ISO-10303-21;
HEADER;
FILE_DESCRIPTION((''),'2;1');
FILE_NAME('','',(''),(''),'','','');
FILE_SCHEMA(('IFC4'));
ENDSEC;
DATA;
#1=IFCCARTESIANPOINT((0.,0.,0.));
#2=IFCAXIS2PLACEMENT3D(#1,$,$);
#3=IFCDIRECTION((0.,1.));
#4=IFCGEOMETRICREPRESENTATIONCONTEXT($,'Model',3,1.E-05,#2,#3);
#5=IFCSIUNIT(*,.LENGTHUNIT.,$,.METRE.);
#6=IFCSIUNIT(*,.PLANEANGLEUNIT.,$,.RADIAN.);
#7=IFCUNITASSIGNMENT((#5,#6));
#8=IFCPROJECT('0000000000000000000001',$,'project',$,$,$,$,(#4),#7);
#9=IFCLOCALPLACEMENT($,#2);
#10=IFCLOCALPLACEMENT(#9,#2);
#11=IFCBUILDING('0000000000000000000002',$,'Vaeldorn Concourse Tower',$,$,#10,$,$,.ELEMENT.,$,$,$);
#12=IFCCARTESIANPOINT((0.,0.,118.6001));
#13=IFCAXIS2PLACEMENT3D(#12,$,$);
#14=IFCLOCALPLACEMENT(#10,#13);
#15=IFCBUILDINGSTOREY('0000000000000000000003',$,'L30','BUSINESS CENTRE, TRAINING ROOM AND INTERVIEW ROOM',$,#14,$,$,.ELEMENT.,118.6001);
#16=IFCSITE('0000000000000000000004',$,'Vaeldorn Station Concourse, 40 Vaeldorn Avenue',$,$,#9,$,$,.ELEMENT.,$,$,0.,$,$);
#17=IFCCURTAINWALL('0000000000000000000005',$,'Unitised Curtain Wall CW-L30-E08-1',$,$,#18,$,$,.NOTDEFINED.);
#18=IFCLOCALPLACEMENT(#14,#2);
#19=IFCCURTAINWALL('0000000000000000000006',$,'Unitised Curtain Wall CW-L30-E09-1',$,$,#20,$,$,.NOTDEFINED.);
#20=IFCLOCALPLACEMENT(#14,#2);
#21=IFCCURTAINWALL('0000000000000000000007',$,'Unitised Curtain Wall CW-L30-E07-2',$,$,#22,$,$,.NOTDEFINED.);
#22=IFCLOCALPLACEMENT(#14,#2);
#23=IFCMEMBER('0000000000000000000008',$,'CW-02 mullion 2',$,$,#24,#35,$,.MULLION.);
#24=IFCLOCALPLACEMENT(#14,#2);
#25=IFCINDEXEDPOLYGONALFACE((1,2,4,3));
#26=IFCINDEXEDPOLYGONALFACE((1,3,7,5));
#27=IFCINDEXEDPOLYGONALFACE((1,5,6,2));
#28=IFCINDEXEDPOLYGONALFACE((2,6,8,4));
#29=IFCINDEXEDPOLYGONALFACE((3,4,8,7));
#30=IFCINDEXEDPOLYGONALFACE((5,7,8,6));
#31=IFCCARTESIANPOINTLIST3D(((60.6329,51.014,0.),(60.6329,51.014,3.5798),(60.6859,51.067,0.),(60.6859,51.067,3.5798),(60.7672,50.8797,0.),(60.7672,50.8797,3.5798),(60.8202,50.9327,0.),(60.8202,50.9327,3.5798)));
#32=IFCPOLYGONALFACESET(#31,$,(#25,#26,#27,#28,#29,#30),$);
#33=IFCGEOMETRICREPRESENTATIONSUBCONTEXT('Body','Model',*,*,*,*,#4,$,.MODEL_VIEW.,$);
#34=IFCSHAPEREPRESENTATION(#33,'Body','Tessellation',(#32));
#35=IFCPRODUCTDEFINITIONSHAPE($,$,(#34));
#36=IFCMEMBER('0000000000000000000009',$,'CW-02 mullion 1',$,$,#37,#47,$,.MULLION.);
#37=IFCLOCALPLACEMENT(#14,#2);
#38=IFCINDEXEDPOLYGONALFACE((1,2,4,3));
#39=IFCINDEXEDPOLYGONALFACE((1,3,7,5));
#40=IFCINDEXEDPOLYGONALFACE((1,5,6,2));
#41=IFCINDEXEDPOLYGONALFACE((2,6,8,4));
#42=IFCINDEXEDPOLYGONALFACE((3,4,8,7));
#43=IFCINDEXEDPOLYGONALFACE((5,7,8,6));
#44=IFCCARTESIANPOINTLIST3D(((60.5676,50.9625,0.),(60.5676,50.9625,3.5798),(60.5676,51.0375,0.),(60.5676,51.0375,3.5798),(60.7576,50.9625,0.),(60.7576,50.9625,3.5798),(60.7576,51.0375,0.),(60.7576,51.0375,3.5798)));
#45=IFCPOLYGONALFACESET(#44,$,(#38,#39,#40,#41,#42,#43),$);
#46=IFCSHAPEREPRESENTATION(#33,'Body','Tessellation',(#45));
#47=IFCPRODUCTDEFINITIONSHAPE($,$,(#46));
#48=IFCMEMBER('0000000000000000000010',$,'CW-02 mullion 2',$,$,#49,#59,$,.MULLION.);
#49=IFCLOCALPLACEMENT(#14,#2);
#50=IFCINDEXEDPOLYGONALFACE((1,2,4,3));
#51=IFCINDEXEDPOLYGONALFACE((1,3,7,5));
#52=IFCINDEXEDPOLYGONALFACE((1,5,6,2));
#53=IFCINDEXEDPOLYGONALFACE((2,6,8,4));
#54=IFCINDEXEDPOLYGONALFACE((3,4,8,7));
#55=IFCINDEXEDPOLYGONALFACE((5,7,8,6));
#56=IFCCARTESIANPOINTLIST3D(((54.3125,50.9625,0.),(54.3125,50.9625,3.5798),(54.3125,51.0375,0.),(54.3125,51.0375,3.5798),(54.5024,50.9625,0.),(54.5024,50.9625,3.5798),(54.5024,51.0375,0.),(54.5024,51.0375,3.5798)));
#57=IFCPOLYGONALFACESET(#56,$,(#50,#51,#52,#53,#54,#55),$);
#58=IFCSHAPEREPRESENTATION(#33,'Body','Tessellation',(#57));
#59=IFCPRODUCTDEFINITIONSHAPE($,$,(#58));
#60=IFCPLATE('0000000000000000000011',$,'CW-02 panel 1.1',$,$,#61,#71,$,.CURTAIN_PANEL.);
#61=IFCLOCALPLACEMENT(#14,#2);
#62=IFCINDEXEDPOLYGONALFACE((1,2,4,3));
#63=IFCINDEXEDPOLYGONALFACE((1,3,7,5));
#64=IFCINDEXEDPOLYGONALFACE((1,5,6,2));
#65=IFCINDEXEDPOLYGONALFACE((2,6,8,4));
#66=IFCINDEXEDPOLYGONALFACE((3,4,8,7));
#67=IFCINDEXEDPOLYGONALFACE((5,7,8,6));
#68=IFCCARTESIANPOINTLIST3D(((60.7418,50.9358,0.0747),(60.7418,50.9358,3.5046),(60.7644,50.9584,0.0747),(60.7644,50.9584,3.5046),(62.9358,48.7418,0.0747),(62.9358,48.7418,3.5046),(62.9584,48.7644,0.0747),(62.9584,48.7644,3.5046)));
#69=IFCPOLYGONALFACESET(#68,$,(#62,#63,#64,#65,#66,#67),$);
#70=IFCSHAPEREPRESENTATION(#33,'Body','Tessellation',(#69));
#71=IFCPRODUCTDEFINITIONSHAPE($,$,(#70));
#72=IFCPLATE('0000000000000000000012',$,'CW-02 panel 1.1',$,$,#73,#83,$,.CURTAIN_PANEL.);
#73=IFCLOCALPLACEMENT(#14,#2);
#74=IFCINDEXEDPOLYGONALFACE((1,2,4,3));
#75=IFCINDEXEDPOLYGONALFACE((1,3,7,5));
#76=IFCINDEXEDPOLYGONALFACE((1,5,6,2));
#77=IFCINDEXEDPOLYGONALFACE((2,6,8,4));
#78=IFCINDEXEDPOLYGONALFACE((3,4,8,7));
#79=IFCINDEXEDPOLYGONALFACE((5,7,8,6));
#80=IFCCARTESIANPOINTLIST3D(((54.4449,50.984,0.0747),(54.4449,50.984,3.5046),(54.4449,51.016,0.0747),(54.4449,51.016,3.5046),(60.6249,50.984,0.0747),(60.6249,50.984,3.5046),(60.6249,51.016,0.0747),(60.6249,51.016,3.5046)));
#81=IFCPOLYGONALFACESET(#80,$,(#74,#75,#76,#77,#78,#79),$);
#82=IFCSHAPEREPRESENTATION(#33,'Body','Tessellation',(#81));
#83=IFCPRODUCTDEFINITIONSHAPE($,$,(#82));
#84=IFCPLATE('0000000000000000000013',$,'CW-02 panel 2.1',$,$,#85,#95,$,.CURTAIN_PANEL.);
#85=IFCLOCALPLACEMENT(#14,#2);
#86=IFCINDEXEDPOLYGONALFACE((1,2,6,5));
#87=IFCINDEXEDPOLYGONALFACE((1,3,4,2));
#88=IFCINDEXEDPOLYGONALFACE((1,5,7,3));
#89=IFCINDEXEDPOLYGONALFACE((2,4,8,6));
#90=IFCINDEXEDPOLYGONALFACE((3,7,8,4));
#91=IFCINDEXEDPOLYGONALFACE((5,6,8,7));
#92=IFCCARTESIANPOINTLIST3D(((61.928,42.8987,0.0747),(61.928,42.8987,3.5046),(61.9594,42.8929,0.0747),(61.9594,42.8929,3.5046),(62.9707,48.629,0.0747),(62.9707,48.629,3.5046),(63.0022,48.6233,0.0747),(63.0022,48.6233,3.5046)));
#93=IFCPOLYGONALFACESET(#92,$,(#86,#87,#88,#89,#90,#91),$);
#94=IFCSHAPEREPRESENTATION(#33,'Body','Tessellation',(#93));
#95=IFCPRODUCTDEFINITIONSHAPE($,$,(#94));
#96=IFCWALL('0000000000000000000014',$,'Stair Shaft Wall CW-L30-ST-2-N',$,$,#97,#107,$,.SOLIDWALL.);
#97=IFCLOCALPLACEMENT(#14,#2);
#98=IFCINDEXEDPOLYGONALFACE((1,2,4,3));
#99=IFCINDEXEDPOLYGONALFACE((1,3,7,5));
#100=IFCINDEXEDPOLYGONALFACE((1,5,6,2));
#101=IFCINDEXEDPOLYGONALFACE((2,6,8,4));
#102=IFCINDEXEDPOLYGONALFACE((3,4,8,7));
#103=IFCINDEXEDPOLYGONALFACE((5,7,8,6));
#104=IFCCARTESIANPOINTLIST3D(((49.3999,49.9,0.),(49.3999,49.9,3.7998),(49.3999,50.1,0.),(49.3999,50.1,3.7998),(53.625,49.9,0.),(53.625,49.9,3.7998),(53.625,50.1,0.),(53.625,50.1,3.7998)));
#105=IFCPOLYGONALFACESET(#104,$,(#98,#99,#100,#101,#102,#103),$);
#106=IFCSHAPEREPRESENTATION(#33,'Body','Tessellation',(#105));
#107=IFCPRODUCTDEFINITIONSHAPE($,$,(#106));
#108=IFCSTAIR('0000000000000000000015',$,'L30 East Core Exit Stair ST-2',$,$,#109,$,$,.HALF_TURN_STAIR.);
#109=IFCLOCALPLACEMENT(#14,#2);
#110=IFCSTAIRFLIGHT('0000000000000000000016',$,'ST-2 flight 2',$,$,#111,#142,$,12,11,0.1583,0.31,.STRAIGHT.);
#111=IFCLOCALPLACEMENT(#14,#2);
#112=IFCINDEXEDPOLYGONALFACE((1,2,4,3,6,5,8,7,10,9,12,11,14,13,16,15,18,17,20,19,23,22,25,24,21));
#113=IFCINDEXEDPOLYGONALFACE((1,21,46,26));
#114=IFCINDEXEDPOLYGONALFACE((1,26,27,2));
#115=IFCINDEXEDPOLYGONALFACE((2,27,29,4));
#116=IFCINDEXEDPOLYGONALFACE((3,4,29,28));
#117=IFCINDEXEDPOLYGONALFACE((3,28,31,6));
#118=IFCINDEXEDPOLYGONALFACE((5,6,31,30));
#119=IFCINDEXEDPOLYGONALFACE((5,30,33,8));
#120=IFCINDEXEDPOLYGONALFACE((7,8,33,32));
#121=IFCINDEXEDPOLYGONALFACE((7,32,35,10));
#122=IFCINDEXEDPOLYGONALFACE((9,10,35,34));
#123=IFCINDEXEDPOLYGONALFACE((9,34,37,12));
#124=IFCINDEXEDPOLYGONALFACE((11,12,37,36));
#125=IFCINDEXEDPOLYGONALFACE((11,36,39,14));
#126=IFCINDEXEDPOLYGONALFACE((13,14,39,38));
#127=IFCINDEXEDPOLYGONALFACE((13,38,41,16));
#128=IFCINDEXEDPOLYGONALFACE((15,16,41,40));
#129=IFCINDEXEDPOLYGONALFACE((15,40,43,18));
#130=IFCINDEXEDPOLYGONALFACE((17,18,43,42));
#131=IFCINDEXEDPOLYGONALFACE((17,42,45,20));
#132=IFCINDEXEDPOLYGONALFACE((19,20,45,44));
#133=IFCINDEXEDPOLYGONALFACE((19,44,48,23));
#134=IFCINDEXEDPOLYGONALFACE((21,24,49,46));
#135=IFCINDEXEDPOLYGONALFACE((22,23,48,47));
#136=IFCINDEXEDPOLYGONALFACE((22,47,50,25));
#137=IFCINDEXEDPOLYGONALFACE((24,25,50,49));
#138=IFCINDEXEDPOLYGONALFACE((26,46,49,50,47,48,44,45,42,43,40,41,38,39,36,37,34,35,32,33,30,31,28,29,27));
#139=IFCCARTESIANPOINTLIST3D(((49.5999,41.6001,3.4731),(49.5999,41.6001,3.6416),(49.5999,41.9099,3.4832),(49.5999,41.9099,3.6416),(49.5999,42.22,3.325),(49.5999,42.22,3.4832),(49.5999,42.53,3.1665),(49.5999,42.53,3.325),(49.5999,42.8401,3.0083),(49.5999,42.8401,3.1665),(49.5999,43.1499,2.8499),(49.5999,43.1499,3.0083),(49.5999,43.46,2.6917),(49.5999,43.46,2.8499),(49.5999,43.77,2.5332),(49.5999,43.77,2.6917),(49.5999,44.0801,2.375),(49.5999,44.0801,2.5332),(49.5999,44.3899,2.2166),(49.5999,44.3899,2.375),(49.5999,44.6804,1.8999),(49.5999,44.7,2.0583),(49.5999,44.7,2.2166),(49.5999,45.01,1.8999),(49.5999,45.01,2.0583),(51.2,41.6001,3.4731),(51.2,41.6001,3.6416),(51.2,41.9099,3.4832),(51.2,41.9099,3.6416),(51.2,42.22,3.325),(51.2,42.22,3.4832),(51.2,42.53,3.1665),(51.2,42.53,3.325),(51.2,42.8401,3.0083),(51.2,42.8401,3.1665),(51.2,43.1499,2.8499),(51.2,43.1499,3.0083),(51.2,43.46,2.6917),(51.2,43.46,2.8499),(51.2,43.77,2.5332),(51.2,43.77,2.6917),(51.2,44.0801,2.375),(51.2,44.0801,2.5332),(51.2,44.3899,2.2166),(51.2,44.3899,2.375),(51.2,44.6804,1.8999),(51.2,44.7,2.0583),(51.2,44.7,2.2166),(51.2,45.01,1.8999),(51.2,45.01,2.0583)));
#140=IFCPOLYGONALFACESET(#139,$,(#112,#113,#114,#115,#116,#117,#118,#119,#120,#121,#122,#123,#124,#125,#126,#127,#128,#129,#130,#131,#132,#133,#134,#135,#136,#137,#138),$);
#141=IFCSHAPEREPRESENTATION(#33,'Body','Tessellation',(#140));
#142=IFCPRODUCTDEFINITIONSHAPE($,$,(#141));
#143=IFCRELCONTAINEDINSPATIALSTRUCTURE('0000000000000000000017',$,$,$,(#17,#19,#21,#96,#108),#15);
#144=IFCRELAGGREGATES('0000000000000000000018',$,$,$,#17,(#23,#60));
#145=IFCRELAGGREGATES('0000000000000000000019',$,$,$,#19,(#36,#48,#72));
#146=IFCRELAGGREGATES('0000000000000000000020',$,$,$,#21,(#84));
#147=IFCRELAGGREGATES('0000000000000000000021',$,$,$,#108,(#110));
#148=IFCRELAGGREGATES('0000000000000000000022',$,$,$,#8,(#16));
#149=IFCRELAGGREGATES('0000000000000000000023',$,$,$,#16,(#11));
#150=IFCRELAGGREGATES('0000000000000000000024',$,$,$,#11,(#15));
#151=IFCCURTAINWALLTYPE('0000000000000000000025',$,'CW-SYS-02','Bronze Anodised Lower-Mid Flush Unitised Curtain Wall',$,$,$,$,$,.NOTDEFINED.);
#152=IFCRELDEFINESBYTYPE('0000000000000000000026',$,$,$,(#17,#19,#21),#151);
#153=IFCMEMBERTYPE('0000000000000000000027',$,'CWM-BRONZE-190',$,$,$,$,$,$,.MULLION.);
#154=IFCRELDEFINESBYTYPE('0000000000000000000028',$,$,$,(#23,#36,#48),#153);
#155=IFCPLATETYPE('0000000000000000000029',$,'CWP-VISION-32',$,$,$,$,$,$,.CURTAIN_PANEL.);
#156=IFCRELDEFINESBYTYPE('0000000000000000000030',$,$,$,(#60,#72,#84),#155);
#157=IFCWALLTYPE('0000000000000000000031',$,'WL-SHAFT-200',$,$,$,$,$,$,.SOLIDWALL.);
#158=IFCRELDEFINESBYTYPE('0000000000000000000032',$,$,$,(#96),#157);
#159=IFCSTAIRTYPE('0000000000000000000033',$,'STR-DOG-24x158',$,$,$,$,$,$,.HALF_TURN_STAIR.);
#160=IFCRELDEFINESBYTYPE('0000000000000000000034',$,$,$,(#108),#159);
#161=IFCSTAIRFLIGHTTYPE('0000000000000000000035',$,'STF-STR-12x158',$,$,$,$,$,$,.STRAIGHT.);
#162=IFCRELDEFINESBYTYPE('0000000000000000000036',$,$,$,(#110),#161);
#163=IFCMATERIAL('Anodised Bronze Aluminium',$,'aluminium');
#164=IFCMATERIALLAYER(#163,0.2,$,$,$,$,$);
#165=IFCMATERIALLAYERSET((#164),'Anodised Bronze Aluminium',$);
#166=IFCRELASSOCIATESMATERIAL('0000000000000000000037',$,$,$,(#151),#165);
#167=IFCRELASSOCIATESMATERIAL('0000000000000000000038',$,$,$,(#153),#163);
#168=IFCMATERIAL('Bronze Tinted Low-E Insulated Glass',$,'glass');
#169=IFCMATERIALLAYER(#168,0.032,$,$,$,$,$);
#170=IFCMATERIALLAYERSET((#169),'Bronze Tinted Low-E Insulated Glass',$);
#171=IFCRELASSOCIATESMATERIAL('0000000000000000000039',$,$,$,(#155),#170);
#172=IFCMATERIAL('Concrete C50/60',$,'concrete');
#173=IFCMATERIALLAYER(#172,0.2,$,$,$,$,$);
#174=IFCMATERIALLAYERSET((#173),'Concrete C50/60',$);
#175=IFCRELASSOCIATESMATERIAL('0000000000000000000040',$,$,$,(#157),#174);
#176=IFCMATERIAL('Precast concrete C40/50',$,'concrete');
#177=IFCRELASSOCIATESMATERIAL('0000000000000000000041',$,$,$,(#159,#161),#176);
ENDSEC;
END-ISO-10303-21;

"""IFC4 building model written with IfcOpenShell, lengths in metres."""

from ifc_helpers import new_model, si_unit, direction, frame, frame_2d, origin, origin_2d, place, context, subcontext, project, spatial, polyline, rectangle, outline, extrude, source, transform, mapped, material, layer, layer_set, material_profile, profile_set, type_object, element, aggregate, save


model = new_model("IFC4")

# Units and contexts
model_context = context("Model", 3, precision=1e-05, world=origin(), true_north=direction((0.0, 1.0)))
body_context = subcontext(model_context, "Body", "Model", "MODEL_VIEW")
ifc_project = project(units=[si_unit("LENGTHUNIT", "METRE"), si_unit("PLANEANGLEUNIT", "RADIAN")], contexts=[model_context])

# Site, building, storey
site_placement = place(None, origin())
site = spatial("IfcSite", under=ifc_project, at=site_placement, Name="Vaeldorn Station Concourse, 40 Vaeldorn Avenue", CompositionType="ELEMENT", RefElevation=0.0)
building_placement = place(site_placement, origin())
building = spatial("IfcBuilding", under=site, at=building_placement, Name="Vaeldorn Concourse Tower", CompositionType="ELEMENT")
storey_placement = place(building_placement, frame((0.0, 0.0, 118.6001)))
storey = spatial("IfcBuildingStorey", under=building, at=storey_placement, Name="L30", Description="BUSINESS CENTRE, TRAINING ROOM AND INTERVIEW ROOM", CompositionType="ELEMENT", Elevation=118.6001)

# Curtain walls
ifc_material_1 = material(Name="Anodised Bronze Aluminium", Category="aluminium")
ifc_layer_1 = layer(ifc_material_1, 0.2)
ifc_layer_set_1 = layer_set([ifc_layer_1], Name="Anodised Bronze Aluminium")
curtain_wall_type = type_object("IfcCurtainWallType", Name="CW-SYS-02", Description="Bronze Anodised Lower-Mid Flush Unitised Curtain Wall", PredefinedType="NOTDEFINED", material=ifc_layer_set_1)
curtain_wall_1_placement = place(storey_placement, origin())
curtain_wall_1 = element("IfcCurtainWall", 1, at=curtain_wall_1_placement, inside=storey, type_object=curtain_wall_type, Name="Unitised Curtain Wall CW-L30-E08-1", PredefinedType="NOTDEFINED")
curtain_wall_2_placement = place(storey_placement, origin())
curtain_wall_2 = element("IfcCurtainWall", 2, at=curtain_wall_2_placement, inside=storey, type_object=curtain_wall_type, Name="Unitised Curtain Wall CW-L30-E09-1", PredefinedType="NOTDEFINED")

# Curtain wall
curtain_wall_3_placement = place(storey_placement, origin())
curtain_wall_3 = element("IfcCurtainWall", 3, at=curtain_wall_3_placement, inside=storey, type_object=curtain_wall_type, Name="Unitised Curtain Wall CW-L30-E07-2", PredefinedType="NOTDEFINED")
ifc_material_profile_1 = material_profile(ifc_material_1, rectangle(XDim=0.075, YDim=0.1899, at=origin_2d()), Name="CWM 75x190")
ifc_profile_set_1 = profile_set([ifc_material_profile_1], Name="Anodised Bronze Aluminium")
member_type_1 = type_object("IfcMemberType", Name="CWM-BRONZE-190", PredefinedType="MULLION", material=ifc_profile_set_1)
shared_shape_1 = source(origin(), body_context, "Body", "SweptSolid", [
    extrude(rectangle(XDim=0.075, YDim=0.1899, at=origin_2d()), origin(), (0.0, 0.0, 1.0), 3.5798),
])

# Members
member_1_placement = place(storey_placement, frame((60.7266, 50.9734, 0.0), z_axis=(0.0, 0.0, 1.0), x_axis=(-0.707107, -0.707107, 0.0)))
member_1 = element("IfcMember", 4, at=member_1_placement, type_object=member_type_1, Name="CW-02 mullion 2", PredefinedType="MULLION", context=body_context, shape_type="MappedRepresentation", body=[
    mapped(shared_shape_1, transform((0.0, 0.0, 0.0), scale=1.0)),
])
member_2_placement = place(storey_placement, frame((60.6626, 51.0, 0.0), z_axis=(0.0, 0.0, 1.0), x_axis=(0.0, -1.0, 0.0)))
member_2 = element("IfcMember", 5, at=member_2_placement, type_object=member_type_1, Name="CW-02 mullion 1", PredefinedType="MULLION", context=body_context, shape_type="MappedRepresentation", body=[
    mapped(shared_shape_1, transform((0.0, 0.0, 0.0), scale=1.0)),
])
member_3_placement = place(storey_placement, frame((54.4075, 51.0, 0.0), z_axis=(0.0, 0.0, 1.0), x_axis=(0.0, -1.0, 0.0)))
member_3 = element("IfcMember", 6, at=member_3_placement, type_object=member_type_1, Name="CW-02 mullion 2", PredefinedType="MULLION", context=body_context, shape_type="MappedRepresentation", body=[
    mapped(shared_shape_1, transform((0.0, 0.0, 0.0), scale=1.0)),
])

# Plates
ifc_material_2 = material(Name="Bronze Tinted Low-E Insulated Glass", Category="glass")
ifc_layer_2 = layer(ifc_material_2, 0.032)
ifc_layer_set_2 = layer_set([ifc_layer_2], Name="Bronze Tinted Low-E Insulated Glass")
plate_type = type_object("IfcPlateType", Name="CWP-VISION-32", PredefinedType="CURTAIN_PANEL", material=ifc_layer_set_2)
shared_shape_2 = source(origin(), body_context, "Body", "SweptSolid", [
    extrude(rectangle(XDim=3.1028, YDim=0.032, at=origin_2d()), origin(), (0.0, 0.0, 1.0), 3.4299),
])
plate_1_placement = place(storey_placement, frame((61.8501, 49.8501, 0.0747), z_axis=(0.0, 0.0, 1.0), x_axis=(-0.707107, 0.707107, 0.0)))
plate_1 = element("IfcPlate", 7, at=plate_1_placement, type_object=plate_type, Name="CW-02 panel 1.1", PredefinedType="CURTAIN_PANEL", context=body_context, shape_type="MappedRepresentation", body=[
    mapped(shared_shape_2, transform((0.0, 0.0, 0.0), scale=1.0)),
])
aggregate(curtain_wall_1, [member_1, plate_1])
shared_shape_3 = source(origin(), body_context, "Body", "SweptSolid", [
    extrude(rectangle(XDim=6.1799, YDim=0.032, at=origin_2d()), origin(), (0.0, 0.0, 1.0), 3.4299),
])
plate_2_placement = place(storey_placement, frame((57.5349, 51.0, 0.0747), z_axis=(0.0, 0.0, 1.0), x_axis=(-1.0, 0.0, 0.0)))
plate_2 = element("IfcPlate", 8, at=plate_2_placement, type_object=plate_type, Name="CW-02 panel 1.1", PredefinedType="CURTAIN_PANEL", context=body_context, shape_type="MappedRepresentation", body=[
    mapped(shared_shape_3, transform((0.0, 0.0, 0.0), scale=1.0)),
])
aggregate(curtain_wall_2, [member_2, member_3, plate_2])
shared_shape_4 = source(origin(), body_context, "Body", "SweptSolid", [
    extrude(rectangle(XDim=5.8245, YDim=0.032, at=origin_2d()), origin(), (0.0, 0.0, 1.0), 3.4299),
])
plate_3_placement = place(storey_placement, frame((62.4651, 45.761, 0.0747), z_axis=(0.0, 0.0, 1.0), x_axis=(0.179032, 0.983843, 0.0)))
plate_3 = element("IfcPlate", 9, at=plate_3_placement, type_object=plate_type, Name="CW-02 panel 2.1", PredefinedType="CURTAIN_PANEL", context=body_context, shape_type="MappedRepresentation", body=[
    mapped(shared_shape_4, transform((0.0, 0.0, 0.0), scale=1.0)),
])
aggregate(curtain_wall_3, [plate_3])

# Wall
ifc_material_3 = material(Name="Concrete C50/60", Category="concrete")
ifc_layer_3 = layer(ifc_material_3, 0.2)
ifc_layer_set_3 = layer_set([ifc_layer_3], Name="Concrete C50/60")
wall_type = type_object("IfcWallType", Name="WL-SHAFT-200", PredefinedType="SOLIDWALL", material=ifc_layer_set_3)
wall_placement = place(storey_placement, frame((49.3999, 50.0, 0.0), z_axis=(0.0, 0.0, 1.0), x_axis=(1.0, 0.0, 0.0)))
element("IfcWall", 10, at=wall_placement, inside=storey, type_object=wall_type, Name="Stair Shaft Wall CW-L30-ST-2-N", PredefinedType="SOLIDWALL", context=body_context, shape_type="SweptSolid", body=[
    extrude(rectangle(XDim=4.2251, YDim=0.2, at=frame_2d((2.1125, 0.0))), origin(), (0.0, 0.0, 1.0), 3.7998),
])

# Stair, stair flight
ifc_material_4 = material(Name="Precast concrete C40/50", Category="concrete")
stair_type = type_object("IfcStairType", Name="STR-DOG-24x158", PredefinedType="HALF_TURN_STAIR", material=ifc_material_4)
stair_placement = place(storey_placement, origin())
stair = element("IfcStair", 11, at=stair_placement, inside=storey, type_object=stair_type, Name="L30 East Core Exit Stair ST-2", PredefinedType="HALF_TURN_STAIR")
stair_flight_type = type_object("IfcStairFlightType", Name="STF-STR-12x158", PredefinedType="STRAIGHT", material=ifc_material_4)
stair_flight_placement = place(storey_placement, frame((50.3999, 45.01, 1.8999), z_axis=(0.0, 0.0, 1.0), x_axis=(0.0, -1.0, 0.0)))
stair_flight = element("IfcStairFlight", 12, at=stair_flight_placement, type_object=stair_flight_type, Name="ST-2 flight 2", NumberOfRisers=12, NumberOfTreads=11, PredefinedType="STRAIGHT", RiserHeight=0.1583, TreadLength=0.31, context=body_context, shape_type="SweptSolid", body=[
    extrude(outline(polyline([(0.0, 0.0), (0.0, 0.1584), (0.3101, 0.1584), (0.3101, 0.3167), (0.6201, 0.3167), (0.6201, 0.4751), (0.9299, 0.4751), (0.9299, 0.6333), (1.24, 0.6333), (1.24, 0.7917), (1.55, 0.7917), (1.55, 0.95), (1.8601, 0.95), (1.8601, 1.1084), (2.1699, 1.1084), (2.1699, 1.2666), (2.48, 1.2666), (2.48, 1.425), (2.79, 1.425), (2.79, 1.5833), (3.1001, 1.5833), (3.1001, 1.7417), (3.4099, 1.7417), (3.4099, 1.8999), (3.4099, 1.5732), (0.3296, 0.0), (0.0, 0.0)])), frame((0.0, 0.8, 0.0), z_axis=(0.0, -1.0, 0.0), x_axis=(1.0, 0.0, 0.0)), (0.0, 0.0, 1.0), 1.6001),
])
aggregate(stair, [stair_flight])

save(model, "model.ifc")
